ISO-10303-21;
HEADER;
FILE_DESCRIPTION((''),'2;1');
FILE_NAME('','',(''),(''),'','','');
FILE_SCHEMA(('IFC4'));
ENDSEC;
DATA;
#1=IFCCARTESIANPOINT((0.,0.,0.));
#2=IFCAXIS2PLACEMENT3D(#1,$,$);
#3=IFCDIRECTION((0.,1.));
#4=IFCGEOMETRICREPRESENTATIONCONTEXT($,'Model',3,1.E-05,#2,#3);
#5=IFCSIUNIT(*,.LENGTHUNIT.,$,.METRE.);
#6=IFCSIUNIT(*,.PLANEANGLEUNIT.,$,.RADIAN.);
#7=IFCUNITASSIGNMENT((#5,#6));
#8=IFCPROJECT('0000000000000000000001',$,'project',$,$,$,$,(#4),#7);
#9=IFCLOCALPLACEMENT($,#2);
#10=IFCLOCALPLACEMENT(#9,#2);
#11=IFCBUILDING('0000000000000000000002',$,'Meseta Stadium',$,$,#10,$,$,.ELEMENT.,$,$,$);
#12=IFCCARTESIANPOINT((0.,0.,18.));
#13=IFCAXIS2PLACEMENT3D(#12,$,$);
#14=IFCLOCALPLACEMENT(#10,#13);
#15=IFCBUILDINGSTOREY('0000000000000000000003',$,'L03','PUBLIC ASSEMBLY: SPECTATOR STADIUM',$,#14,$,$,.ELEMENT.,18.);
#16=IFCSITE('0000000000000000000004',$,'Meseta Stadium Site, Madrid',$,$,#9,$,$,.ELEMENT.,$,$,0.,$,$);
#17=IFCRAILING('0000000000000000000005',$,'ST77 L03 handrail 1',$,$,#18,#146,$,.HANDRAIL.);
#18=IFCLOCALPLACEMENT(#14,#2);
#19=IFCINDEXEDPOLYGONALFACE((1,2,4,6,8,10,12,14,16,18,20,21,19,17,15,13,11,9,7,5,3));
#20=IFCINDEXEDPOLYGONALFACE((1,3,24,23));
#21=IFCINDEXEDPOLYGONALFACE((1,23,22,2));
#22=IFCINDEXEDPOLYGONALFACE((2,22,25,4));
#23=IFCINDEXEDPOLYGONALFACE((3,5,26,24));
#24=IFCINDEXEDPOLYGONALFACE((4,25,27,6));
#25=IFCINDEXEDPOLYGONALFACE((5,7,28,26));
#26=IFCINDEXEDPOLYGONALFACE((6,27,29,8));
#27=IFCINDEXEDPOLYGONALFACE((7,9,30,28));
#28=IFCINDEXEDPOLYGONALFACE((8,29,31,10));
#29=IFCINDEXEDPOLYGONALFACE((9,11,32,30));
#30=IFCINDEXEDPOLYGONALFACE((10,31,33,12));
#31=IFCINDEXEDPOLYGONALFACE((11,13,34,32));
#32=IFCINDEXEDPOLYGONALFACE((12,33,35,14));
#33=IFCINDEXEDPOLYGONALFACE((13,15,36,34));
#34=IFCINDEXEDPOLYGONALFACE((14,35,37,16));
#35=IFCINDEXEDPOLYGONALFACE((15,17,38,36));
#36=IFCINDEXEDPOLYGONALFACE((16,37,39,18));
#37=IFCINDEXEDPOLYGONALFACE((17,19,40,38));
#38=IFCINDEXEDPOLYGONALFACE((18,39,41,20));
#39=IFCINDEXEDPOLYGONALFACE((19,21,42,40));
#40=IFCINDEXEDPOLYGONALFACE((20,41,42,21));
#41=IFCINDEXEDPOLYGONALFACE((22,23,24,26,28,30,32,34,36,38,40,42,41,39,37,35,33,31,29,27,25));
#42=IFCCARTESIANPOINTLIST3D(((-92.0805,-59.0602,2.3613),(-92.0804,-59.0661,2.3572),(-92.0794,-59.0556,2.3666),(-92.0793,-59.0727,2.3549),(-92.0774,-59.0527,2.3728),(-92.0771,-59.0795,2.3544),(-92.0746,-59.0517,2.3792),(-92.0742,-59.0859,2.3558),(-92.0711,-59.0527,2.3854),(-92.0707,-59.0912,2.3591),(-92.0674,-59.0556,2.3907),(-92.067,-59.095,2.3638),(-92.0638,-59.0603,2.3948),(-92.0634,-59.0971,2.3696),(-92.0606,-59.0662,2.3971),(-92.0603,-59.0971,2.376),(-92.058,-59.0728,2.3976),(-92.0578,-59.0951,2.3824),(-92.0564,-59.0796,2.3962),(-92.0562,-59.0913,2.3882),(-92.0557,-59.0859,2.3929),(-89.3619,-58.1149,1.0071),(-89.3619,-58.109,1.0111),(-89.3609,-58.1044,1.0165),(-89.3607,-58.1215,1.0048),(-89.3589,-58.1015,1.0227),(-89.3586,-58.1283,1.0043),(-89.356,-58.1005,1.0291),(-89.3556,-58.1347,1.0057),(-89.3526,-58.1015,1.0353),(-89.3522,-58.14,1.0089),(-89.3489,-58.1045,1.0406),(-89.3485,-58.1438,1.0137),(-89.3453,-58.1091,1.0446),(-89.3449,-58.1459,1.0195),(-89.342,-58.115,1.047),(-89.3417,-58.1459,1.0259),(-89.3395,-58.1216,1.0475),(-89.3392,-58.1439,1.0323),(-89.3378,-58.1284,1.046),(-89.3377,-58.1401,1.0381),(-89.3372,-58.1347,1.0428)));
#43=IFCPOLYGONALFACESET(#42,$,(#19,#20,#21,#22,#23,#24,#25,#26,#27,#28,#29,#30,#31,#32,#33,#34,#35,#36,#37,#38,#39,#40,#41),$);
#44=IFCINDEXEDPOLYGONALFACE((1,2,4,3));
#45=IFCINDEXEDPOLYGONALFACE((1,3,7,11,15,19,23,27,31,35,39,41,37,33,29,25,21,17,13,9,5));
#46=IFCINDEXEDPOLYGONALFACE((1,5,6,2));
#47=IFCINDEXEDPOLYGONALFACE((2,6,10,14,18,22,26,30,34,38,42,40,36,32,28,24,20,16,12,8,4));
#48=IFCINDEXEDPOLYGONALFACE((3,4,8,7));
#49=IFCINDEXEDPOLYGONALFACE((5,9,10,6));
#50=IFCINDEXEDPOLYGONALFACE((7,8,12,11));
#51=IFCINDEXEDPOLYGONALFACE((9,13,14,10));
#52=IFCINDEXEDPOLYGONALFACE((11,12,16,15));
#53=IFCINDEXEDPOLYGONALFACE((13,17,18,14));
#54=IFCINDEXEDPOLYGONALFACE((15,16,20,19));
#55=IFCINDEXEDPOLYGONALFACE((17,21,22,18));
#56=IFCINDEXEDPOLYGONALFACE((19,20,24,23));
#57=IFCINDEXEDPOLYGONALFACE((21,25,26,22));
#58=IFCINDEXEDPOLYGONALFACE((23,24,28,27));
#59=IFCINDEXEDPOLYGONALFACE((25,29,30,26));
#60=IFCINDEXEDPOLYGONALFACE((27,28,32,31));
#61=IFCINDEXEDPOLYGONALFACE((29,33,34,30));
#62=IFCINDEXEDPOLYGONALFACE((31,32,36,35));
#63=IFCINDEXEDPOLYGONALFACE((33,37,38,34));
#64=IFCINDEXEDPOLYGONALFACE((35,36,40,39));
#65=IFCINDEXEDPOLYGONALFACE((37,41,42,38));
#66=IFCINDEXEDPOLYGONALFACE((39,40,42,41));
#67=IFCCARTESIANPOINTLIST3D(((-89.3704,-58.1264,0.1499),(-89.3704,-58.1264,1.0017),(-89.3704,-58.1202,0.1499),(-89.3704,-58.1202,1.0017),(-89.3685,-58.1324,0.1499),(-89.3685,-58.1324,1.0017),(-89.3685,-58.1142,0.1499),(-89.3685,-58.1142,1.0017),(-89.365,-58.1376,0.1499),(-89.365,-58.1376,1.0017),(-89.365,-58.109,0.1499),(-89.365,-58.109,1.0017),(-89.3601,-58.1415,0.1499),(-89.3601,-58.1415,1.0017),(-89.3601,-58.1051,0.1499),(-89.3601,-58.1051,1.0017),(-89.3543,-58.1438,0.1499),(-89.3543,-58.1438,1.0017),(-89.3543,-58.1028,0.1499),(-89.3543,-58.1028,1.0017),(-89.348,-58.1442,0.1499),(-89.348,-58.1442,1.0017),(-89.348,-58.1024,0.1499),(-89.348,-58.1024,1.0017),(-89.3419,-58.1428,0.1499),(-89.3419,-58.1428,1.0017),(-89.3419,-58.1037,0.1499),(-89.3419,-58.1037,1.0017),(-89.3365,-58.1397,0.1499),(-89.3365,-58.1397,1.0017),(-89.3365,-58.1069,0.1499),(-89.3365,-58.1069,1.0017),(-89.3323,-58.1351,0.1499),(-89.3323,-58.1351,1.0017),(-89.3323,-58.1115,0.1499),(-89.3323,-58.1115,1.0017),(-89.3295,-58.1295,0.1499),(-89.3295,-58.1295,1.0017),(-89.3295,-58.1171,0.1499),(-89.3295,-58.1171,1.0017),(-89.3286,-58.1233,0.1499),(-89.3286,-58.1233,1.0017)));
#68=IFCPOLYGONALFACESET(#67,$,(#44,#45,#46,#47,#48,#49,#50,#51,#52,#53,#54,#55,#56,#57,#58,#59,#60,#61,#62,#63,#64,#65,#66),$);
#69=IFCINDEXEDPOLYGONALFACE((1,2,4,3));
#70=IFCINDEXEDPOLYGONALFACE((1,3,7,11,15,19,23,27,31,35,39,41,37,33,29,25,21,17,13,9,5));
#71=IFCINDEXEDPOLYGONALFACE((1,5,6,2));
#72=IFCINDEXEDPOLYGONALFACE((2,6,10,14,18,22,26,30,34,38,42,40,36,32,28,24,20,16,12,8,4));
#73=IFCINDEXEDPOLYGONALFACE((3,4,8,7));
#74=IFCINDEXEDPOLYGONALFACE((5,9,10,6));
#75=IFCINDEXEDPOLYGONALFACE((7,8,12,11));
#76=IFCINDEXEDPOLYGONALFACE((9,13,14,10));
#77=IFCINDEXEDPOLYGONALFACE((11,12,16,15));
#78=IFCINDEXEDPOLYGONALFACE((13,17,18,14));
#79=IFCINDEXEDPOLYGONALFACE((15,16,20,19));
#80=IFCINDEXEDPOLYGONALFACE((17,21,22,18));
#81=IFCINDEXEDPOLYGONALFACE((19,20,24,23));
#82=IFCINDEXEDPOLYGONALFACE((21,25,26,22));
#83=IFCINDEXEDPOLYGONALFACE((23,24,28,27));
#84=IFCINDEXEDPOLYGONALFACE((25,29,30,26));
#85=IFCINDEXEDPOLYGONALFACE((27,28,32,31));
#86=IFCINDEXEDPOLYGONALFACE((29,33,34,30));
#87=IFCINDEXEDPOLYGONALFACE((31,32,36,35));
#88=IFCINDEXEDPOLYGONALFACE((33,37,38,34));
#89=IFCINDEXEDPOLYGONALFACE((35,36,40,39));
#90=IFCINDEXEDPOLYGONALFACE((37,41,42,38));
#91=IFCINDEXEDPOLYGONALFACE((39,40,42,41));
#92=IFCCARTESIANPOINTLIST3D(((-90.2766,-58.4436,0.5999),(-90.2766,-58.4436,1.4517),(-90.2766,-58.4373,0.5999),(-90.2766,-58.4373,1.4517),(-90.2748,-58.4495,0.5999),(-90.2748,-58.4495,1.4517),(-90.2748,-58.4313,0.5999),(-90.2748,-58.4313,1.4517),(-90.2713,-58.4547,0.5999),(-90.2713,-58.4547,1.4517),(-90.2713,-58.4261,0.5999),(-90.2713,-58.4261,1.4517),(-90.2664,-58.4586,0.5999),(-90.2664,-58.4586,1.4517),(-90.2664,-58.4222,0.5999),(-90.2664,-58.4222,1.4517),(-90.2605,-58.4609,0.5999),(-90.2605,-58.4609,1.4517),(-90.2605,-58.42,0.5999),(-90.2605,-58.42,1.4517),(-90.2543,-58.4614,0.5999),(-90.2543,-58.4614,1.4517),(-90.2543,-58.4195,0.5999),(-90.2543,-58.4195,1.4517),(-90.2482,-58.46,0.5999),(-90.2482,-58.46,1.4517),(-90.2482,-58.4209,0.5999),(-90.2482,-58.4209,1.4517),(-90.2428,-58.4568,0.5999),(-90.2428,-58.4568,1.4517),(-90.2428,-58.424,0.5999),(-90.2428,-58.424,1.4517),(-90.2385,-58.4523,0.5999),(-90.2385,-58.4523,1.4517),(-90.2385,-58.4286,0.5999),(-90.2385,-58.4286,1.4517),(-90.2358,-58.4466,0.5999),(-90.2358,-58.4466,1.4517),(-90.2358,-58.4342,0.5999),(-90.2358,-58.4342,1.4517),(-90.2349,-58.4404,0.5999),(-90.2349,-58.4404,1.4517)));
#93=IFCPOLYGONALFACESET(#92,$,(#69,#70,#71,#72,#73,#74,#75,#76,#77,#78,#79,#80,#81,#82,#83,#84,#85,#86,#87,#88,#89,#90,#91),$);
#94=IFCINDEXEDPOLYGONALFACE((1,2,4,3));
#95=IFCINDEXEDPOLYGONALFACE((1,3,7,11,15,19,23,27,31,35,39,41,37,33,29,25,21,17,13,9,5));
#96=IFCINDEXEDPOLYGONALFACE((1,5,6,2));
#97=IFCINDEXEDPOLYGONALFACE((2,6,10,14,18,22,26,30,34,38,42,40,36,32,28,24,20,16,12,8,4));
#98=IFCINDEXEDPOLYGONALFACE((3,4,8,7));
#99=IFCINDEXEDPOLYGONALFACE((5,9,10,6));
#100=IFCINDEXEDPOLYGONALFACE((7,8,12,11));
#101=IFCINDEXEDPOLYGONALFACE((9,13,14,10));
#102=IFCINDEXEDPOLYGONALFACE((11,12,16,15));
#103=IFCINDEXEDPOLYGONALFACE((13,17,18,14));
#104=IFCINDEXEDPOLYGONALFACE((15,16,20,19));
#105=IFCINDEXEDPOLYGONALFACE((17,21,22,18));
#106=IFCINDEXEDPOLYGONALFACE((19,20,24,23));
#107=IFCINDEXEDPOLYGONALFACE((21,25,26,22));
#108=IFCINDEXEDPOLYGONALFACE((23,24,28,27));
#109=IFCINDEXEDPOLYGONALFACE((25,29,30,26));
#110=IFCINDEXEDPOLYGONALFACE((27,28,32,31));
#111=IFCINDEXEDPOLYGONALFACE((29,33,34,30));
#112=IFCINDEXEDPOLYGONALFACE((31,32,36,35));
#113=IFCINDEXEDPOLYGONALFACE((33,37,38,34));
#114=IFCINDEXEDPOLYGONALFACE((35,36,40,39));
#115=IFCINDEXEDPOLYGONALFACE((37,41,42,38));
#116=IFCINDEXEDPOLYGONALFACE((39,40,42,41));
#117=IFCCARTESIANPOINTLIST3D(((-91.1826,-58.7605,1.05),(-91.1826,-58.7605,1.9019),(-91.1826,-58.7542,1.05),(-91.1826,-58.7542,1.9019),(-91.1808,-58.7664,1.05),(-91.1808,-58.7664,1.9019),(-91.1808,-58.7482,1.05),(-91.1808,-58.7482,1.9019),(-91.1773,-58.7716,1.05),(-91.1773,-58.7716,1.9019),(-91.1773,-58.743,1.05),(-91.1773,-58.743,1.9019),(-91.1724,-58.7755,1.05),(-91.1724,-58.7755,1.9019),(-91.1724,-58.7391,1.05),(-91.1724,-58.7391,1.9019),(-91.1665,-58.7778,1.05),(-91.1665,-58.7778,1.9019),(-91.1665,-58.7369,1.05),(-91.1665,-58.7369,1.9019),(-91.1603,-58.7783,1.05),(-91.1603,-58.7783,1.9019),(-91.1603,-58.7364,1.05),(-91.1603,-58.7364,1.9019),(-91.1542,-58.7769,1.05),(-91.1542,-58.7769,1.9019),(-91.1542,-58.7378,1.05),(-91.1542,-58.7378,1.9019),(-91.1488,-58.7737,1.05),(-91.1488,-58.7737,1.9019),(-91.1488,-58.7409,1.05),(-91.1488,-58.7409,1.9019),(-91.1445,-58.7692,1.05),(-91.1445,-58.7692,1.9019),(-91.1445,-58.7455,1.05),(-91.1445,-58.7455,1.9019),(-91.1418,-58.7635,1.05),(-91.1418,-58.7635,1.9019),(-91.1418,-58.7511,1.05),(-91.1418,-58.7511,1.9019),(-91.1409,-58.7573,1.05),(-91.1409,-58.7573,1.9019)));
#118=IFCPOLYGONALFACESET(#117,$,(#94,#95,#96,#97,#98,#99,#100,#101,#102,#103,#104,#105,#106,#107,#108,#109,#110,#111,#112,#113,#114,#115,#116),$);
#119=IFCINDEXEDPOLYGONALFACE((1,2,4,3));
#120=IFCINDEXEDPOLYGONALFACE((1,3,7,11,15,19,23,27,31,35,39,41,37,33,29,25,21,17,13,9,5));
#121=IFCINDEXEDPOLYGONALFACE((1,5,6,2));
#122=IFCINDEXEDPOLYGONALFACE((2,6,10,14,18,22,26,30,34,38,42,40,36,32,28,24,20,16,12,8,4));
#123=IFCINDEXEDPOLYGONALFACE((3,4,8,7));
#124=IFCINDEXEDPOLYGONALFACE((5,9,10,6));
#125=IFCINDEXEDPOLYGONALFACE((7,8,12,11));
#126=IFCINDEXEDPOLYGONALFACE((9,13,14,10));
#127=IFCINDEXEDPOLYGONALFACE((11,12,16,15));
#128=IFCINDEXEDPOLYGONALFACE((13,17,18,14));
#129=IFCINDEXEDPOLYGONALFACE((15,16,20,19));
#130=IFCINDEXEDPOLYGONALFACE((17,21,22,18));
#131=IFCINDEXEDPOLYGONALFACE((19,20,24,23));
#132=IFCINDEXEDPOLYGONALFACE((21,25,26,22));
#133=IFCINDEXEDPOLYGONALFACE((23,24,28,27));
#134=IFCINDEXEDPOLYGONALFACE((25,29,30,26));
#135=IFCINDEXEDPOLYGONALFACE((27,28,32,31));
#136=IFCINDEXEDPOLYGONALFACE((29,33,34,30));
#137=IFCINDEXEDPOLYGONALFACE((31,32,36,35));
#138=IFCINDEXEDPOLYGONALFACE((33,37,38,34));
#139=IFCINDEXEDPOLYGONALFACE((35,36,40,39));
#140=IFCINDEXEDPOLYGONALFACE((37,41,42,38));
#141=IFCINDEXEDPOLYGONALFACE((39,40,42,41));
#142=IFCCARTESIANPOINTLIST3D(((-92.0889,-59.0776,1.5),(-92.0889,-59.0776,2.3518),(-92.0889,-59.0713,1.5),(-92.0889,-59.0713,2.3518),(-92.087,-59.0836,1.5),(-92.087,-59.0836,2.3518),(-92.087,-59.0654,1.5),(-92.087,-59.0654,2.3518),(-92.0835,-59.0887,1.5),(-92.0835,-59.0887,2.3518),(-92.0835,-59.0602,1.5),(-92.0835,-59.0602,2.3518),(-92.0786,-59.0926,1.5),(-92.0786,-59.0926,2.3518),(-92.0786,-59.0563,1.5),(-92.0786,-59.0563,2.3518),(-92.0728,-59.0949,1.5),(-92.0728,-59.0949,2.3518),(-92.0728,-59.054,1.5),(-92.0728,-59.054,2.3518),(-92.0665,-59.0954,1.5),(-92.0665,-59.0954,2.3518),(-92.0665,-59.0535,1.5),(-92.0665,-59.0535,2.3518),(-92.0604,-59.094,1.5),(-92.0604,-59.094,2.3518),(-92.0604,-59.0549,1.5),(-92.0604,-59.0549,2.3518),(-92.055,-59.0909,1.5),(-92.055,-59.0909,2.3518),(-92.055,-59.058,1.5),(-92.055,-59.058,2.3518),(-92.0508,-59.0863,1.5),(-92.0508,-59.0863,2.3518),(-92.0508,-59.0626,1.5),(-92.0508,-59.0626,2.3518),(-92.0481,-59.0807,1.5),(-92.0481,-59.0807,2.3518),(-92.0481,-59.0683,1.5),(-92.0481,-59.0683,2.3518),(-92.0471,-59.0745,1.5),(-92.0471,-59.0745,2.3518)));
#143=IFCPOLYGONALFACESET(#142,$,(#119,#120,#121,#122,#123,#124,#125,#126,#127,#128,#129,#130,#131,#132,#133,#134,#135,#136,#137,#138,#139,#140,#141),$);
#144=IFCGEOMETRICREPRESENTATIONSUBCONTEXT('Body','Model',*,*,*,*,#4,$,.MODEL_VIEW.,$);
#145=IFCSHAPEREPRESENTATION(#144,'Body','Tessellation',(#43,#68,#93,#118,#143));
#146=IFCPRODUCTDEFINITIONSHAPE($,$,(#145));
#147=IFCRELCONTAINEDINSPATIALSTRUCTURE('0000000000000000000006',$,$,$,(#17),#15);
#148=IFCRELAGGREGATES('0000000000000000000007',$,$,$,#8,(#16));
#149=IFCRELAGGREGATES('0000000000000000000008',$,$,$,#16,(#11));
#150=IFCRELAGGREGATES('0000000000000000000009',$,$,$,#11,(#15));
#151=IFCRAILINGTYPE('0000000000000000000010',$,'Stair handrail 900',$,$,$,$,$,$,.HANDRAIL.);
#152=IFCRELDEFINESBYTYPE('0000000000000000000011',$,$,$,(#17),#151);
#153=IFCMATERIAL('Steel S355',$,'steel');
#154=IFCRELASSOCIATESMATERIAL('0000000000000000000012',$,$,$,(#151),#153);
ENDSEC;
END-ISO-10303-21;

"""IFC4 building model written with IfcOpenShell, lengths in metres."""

from ifc_helpers import new_model, si_unit, direction, frame, origin, origin_2d, place, context, subcontext, project, spatial, circle, extrude, material, type_object, element, save


model = new_model("IFC4")

# Units and contexts
model_context = context("Model", 3, precision=1e-05, world=origin(), true_north=direction((0.0, 1.0)))
body_context = subcontext(model_context, "Body", "Model", "MODEL_VIEW")
ifc_project = project(units=[si_unit("LENGTHUNIT", "METRE"), si_unit("PLANEANGLEUNIT", "RADIAN")], contexts=[model_context])

# Site, building, storey
site_placement = place(None, origin())
site = spatial("IfcSite", under=ifc_project, at=site_placement, Name="Meseta Stadium Site, Madrid", CompositionType="ELEMENT", RefElevation=0.0)
building_placement = place(site_placement, origin())
building = spatial("IfcBuilding", under=site, at=building_placement, Name="Meseta Stadium", CompositionType="ELEMENT")
storey_placement = place(building_placement, frame((0.0, 0.0, 18.0)))
storey = spatial("IfcBuildingStorey", under=building, at=storey_placement, Name="L03", Description="PUBLIC ASSEMBLY: SPECTATOR STADIUM", CompositionType="ELEMENT", Elevation=18.0)

# Railing
ifc_material_1 = material(Name="Steel S355", Category="steel")
railing_type_1 = type_object("IfcRailingType", Name="Stair handrail 900", PredefinedType="HANDRAIL", material=ifc_material_1)
for number, where, name in (
    (1, (-89.3496, -58.1233, 0.1499), "ST77 L03 handrail 1"),
):
    element("IfcRailing", number, at=place(storey_placement, frame(where)), inside=storey, type_object=railing_type_1, Name=name, PredefinedType="HANDRAIL", context=body_context, shape_type="SweptSolid", body=[
        extrude(circle(Radius=0.0239, at=origin_2d()), frame((0.0, 0.0, 0.876), z_axis=(-0.854649, -0.299031, 0.424446), x_axis=(0.330256, -0.943891, 0.0)), (0.0, 0.0, 1.0), 3.1809),
        extrude(circle(Radius=0.021, at=origin_2d()), origin(), (0.0, 0.0, 1.0), 0.8518),
        extrude(circle(Radius=0.021, at=origin_2d()), frame((-0.9062, -0.3171, 0.45)), (0.0, 0.0, 1.0), 0.8518),
        extrude(circle(Radius=0.021, at=origin_2d()), frame((-1.8123, -0.634, 0.9001)), (0.0, 0.0, 1.0), 0.8518),
        extrude(circle(Radius=0.021, at=origin_2d()), frame((-2.7185, -0.9512, 1.3501)), (0.0, 0.0, 1.0), 0.8518),
    ])

save(model, "model.ifc")
